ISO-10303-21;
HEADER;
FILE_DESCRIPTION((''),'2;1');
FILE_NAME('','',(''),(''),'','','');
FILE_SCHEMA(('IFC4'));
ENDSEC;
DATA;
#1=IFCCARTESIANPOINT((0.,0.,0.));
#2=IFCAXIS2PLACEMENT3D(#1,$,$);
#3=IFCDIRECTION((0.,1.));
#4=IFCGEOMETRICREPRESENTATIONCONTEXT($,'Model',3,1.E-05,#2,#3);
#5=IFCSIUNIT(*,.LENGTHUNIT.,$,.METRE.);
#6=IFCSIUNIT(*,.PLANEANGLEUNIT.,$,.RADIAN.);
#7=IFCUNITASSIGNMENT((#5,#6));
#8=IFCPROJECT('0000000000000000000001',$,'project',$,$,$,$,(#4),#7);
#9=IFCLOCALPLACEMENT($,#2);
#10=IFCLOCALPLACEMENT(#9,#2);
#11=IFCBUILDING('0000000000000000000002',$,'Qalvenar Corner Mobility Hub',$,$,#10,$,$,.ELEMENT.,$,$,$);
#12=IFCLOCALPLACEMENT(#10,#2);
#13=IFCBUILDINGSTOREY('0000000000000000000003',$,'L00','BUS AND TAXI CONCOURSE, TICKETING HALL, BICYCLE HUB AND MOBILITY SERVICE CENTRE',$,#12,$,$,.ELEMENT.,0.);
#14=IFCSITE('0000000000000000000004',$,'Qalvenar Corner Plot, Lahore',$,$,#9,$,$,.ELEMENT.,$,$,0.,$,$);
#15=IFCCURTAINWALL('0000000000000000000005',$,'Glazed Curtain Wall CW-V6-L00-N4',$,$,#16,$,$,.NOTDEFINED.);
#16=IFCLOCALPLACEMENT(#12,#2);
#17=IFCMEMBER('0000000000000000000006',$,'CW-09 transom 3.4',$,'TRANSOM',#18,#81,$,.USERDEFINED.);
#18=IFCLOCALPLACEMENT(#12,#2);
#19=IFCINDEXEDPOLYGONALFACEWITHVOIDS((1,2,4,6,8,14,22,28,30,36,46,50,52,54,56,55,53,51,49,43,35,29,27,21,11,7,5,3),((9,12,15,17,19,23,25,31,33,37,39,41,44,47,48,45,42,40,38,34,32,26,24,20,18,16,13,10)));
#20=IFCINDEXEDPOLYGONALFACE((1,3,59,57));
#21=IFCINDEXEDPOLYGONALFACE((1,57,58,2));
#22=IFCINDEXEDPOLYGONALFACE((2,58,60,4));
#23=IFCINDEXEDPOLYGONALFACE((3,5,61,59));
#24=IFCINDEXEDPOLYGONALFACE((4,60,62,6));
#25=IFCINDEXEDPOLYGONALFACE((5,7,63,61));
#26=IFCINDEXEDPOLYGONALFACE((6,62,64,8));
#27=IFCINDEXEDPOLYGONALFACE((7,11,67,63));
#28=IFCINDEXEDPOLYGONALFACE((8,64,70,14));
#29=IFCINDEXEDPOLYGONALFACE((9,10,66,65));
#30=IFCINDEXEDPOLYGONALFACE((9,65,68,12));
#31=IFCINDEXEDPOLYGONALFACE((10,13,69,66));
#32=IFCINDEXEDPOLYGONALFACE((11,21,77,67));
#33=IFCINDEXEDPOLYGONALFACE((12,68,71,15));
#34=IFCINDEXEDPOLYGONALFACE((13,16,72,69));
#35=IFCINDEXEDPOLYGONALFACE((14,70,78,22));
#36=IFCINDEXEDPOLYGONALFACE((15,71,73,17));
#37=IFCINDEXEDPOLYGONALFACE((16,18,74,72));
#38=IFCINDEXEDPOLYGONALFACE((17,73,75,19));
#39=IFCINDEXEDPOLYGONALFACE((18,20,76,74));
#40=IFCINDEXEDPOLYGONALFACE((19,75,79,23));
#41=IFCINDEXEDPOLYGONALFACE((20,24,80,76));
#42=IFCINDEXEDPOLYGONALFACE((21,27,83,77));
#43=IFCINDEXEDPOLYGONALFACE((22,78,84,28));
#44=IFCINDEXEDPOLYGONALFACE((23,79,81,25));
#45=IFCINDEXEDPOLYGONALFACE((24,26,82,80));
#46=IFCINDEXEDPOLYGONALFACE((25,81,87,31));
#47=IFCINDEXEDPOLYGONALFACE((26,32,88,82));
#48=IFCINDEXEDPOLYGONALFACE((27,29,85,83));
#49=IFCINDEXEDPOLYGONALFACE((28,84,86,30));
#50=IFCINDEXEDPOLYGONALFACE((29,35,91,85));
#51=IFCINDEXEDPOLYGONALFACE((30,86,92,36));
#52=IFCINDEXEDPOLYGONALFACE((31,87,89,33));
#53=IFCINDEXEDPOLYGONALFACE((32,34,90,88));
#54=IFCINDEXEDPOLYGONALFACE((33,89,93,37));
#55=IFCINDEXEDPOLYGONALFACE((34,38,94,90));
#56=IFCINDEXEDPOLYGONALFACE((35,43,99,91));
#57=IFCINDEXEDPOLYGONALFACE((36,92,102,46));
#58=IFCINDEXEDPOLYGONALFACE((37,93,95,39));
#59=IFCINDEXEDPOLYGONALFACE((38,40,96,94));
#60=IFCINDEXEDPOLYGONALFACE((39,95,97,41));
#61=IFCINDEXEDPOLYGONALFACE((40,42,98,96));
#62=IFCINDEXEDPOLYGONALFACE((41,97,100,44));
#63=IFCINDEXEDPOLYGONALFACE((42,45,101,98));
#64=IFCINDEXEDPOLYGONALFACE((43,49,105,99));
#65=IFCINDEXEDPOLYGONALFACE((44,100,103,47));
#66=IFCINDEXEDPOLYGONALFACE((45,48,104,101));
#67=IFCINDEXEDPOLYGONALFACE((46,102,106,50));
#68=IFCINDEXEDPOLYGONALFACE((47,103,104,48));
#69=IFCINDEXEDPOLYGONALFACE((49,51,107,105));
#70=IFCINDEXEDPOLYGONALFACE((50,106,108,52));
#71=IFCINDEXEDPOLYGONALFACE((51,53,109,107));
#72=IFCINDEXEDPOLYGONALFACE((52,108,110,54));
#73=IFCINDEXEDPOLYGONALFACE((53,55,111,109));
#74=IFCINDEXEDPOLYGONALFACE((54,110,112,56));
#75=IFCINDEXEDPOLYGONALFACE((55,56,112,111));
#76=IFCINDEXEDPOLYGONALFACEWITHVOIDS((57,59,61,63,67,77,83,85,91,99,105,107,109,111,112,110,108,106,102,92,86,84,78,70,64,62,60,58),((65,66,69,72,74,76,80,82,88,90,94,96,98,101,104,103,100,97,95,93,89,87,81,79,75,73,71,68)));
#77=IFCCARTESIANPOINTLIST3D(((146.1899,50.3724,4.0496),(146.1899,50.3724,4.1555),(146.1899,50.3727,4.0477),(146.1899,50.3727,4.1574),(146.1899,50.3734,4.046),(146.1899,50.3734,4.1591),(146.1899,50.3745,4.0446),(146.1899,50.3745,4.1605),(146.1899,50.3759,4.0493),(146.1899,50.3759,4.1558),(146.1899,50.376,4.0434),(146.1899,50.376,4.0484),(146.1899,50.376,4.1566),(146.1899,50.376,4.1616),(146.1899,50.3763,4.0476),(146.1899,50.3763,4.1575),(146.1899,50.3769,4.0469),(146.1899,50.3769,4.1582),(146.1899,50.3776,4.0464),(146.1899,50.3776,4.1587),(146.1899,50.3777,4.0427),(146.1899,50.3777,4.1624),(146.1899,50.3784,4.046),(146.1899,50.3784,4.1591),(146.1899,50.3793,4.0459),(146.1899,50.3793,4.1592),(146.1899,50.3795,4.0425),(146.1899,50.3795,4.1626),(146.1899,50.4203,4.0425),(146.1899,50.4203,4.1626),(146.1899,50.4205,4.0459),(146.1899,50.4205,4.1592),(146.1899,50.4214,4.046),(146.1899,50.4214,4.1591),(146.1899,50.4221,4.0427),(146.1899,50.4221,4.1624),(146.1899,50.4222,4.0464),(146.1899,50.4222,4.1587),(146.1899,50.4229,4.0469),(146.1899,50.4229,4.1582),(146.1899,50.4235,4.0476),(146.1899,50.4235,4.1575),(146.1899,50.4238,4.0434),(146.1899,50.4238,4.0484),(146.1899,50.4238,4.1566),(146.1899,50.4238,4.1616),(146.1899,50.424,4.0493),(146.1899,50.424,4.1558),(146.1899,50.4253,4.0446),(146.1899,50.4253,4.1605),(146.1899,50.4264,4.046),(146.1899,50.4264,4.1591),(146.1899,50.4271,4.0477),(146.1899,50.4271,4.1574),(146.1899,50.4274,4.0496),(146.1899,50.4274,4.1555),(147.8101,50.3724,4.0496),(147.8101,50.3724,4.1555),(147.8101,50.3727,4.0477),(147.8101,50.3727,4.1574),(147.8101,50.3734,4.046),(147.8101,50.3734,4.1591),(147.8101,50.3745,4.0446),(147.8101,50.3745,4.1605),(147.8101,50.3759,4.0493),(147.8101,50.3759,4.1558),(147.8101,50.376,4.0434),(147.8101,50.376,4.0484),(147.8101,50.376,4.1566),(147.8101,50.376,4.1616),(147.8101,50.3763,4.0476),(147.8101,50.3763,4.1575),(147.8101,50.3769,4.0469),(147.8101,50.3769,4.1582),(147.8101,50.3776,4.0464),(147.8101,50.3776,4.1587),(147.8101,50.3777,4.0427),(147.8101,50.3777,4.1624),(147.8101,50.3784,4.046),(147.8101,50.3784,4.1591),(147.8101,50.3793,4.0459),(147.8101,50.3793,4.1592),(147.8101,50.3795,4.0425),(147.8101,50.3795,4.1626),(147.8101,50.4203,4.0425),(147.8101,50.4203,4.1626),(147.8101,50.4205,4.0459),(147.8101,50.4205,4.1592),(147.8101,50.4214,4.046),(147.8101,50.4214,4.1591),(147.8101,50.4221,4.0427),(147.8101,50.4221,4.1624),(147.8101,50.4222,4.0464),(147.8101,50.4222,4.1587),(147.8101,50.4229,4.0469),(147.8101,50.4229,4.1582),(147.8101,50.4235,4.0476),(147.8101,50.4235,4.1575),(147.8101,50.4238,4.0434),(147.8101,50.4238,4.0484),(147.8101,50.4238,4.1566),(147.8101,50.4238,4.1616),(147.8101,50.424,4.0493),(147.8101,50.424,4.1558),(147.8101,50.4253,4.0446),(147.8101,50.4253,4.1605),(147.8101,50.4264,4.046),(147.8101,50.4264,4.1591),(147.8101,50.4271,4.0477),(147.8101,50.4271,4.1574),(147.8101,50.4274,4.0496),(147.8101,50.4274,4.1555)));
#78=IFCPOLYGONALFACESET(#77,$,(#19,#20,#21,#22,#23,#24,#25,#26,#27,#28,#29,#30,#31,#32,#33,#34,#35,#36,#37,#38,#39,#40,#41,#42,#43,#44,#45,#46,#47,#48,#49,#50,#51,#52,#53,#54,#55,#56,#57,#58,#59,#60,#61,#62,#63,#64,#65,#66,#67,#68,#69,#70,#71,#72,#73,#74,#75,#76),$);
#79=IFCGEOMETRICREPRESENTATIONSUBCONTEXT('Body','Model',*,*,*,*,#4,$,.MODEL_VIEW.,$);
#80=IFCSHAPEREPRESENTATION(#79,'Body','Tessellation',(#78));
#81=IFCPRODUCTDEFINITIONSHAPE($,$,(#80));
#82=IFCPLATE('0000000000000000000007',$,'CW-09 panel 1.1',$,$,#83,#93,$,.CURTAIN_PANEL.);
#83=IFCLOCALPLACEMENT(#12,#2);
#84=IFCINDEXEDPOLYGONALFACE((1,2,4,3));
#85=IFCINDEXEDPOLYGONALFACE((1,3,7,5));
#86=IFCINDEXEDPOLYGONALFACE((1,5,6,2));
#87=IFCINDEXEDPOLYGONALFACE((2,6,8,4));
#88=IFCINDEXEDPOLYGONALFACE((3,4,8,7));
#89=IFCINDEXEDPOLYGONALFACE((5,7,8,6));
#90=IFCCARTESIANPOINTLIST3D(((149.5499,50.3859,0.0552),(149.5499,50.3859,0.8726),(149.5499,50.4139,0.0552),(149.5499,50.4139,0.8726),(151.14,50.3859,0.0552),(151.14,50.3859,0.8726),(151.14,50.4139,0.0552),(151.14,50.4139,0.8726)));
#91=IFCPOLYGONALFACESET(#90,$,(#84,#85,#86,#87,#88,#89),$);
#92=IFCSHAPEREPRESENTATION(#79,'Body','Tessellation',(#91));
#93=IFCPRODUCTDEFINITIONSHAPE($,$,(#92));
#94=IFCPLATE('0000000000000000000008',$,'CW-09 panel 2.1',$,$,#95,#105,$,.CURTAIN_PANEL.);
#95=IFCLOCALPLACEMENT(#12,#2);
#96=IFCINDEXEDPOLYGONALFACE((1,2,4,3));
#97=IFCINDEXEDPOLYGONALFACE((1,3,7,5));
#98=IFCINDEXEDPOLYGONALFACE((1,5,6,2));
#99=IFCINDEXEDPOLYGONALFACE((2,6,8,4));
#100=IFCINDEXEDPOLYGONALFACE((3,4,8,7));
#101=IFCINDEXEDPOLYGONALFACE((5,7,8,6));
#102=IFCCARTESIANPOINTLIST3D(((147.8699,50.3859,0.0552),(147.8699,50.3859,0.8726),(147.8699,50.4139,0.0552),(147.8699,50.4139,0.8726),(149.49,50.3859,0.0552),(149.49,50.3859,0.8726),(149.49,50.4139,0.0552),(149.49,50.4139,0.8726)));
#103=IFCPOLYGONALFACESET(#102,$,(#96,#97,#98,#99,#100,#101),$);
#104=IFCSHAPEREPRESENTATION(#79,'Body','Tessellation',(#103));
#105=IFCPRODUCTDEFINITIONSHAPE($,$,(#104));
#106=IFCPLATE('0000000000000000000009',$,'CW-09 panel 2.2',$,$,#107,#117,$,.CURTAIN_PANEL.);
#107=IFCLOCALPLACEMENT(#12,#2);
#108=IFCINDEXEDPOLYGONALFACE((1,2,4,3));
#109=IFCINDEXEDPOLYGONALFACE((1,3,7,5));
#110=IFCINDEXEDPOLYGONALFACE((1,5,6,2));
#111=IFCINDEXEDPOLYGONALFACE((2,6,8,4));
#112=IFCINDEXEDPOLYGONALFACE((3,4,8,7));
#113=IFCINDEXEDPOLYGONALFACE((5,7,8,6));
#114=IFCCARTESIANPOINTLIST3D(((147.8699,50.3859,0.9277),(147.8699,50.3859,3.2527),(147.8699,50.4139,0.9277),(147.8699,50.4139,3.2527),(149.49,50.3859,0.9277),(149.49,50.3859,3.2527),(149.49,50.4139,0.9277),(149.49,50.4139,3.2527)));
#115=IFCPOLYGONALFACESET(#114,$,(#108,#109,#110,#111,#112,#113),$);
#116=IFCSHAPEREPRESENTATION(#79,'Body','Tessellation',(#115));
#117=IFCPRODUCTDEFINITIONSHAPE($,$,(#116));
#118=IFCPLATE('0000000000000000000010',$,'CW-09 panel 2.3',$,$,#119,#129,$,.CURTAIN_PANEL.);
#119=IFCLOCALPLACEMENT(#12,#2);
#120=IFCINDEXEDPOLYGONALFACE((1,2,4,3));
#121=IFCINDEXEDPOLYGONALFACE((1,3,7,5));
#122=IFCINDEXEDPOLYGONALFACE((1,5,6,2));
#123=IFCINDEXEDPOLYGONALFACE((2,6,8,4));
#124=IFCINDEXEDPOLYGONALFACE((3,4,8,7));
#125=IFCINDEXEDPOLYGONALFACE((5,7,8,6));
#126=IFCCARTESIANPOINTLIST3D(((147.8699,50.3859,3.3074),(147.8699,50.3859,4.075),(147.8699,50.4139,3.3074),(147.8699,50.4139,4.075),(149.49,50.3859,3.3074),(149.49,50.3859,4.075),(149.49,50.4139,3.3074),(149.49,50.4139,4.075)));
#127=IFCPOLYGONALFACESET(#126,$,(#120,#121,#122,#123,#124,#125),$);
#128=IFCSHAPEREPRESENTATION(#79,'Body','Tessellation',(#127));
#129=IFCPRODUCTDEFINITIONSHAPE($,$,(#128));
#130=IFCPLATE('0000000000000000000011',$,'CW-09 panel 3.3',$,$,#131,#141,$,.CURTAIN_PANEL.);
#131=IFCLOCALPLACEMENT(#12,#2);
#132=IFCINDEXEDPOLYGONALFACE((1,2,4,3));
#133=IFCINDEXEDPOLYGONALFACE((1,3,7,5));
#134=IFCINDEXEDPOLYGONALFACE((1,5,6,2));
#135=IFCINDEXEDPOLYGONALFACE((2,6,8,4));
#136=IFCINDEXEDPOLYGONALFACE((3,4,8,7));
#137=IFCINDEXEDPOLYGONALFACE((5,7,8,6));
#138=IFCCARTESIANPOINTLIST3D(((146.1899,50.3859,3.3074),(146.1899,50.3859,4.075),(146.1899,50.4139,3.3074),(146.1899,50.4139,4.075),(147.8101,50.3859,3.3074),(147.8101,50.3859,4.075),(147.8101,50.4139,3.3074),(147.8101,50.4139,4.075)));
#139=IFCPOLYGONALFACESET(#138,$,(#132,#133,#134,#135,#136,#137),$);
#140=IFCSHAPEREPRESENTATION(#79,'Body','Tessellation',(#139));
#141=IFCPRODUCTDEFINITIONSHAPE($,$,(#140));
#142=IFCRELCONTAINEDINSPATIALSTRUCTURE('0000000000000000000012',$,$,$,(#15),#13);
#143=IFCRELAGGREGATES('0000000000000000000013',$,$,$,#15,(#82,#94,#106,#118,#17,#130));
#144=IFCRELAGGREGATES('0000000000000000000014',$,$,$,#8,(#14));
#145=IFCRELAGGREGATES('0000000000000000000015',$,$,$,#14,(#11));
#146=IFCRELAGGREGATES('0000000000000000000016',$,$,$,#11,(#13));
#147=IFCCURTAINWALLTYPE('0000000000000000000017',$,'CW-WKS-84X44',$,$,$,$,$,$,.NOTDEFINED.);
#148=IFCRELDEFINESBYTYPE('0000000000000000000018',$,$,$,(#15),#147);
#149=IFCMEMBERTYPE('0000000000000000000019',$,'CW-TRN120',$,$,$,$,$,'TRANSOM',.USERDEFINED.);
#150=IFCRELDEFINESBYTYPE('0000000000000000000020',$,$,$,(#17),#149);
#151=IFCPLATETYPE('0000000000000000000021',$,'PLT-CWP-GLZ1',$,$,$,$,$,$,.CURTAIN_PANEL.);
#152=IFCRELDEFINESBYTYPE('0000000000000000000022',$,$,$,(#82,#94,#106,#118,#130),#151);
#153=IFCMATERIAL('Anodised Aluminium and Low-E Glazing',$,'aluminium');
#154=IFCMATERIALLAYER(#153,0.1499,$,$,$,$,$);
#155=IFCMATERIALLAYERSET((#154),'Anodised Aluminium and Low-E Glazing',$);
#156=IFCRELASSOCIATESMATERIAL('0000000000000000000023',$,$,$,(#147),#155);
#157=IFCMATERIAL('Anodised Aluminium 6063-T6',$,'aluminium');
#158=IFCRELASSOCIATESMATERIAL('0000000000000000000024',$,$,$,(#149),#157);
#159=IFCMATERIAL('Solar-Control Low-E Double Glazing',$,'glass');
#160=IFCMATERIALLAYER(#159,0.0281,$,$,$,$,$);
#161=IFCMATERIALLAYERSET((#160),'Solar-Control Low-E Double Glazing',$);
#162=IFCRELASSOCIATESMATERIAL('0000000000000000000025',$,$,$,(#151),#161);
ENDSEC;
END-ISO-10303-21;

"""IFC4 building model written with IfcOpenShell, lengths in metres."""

from ifc_helpers import new_model, si_unit, direction, frame, origin, origin_2d, place, context, subcontext, project, spatial, rectangle, hollow_rectangle, extrude, material, layer, layer_set, material_profile, profile_set, type_object, element, aggregate, save


model = new_model("IFC4")

# Units and contexts
model_context = context("Model", 3, precision=1e-05, world=origin(), true_north=direction((0.0, 1.0)))
body_context = subcontext(model_context, "Body", "Model", "MODEL_VIEW")
ifc_project = project(units=[si_unit("LENGTHUNIT", "METRE"), si_unit("PLANEANGLEUNIT", "RADIAN")], contexts=[model_context])

# Site, building, storey
site_placement = place(None, origin())
site = spatial("IfcSite", under=ifc_project, at=site_placement, Name="Qalvenar Corner Plot, Lahore", CompositionType="ELEMENT", RefElevation=0.0)
building_placement = place(site_placement, origin())
building = spatial("IfcBuilding", under=site, at=building_placement, Name="Qalvenar Corner Mobility Hub", CompositionType="ELEMENT")
storey_placement = place(building_placement, origin())
storey = spatial("IfcBuildingStorey", under=building, at=storey_placement, Name="L00", Description="BUS AND TAXI CONCOURSE, TICKETING HALL, BICYCLE HUB AND MOBILITY SERVICE CENTRE", CompositionType="ELEMENT", Elevation=0.0)

# Curtain wall, member, plates
ifc_material_1 = material(Name="Anodised Aluminium and Low-E Glazing", Category="aluminium")
ifc_layer_1 = layer(ifc_material_1, 0.1499)
ifc_layer_set_1 = layer_set([ifc_layer_1], Name="Anodised Aluminium and Low-E Glazing")
curtain_wall_type = type_object("IfcCurtainWallType", Name="CW-WKS-84X44", PredefinedType="NOTDEFINED", material=ifc_layer_set_1)
curtain_wall_placement = place(storey_placement, origin())
curtain_wall = element("IfcCurtainWall", 1, at=curtain_wall_placement, inside=storey, type_object=curtain_wall_type, Name="Glazed Curtain Wall CW-V6-L00-N4", PredefinedType="NOTDEFINED")
ifc_material_2 = material(Name="Anodised Aluminium 6063-T6", Category="aluminium")
ifc_material_profile_1 = material_profile(ifc_material_2, hollow_rectangle(XDim=0.0549, YDim=0.1201, WallThickness=0.0034, InnerFilletRadius=0.0034, OuterFilletRadius=0.0071, at=origin_2d()), Name="RHS120x55x3.5")
ifc_profile_set_1 = profile_set([ifc_material_profile_1], Name="Anodised Aluminium 6063-T6")
member_type_1 = type_object("IfcMemberType", Name="CW-TRN120", ElementType="TRANSOM", PredefinedType="USERDEFINED", material=ifc_profile_set_1)
member_1_placement = place(storey_placement, frame((147.8101, 50.3999, 4.1025), z_axis=(-1.0, 0.0, 0.0), x_axis=(0.0, -1.0, 0.0)))
member_1 = element("IfcMember", 2, at=member_1_placement, type_object=member_type_1, Name="CW-09 transom 3.4", ObjectType="TRANSOM", PredefinedType="USERDEFINED", context=body_context, shape_type="SweptSolid", body=[
    extrude(hollow_rectangle(XDim=0.0549, YDim=0.1201, WallThickness=0.0034, InnerFilletRadius=0.0034, OuterFilletRadius=0.0071, at=origin_2d()), origin(), (0.0, 0.0, 1.0), 1.6201),
])
ifc_material_3 = material(Name="Solar-Control Low-E Double Glazing", Category="glass")
ifc_layer_2 = layer(ifc_material_3, 0.0281)
ifc_layer_set_2 = layer_set([ifc_layer_2], Name="Solar-Control Low-E Double Glazing")
plate_type = type_object("IfcPlateType", Name="PLT-CWP-GLZ1", PredefinedType="CURTAIN_PANEL", material=ifc_layer_set_2)
plate_1_placement = place(storey_placement, frame((150.345, 50.3999, 0.0552), z_axis=(0.0, 0.0, 1.0), x_axis=(-1.0, 0.0, 0.0)))
plate_1 = element("IfcPlate", 3, at=plate_1_placement, type_object=plate_type, Name="CW-09 panel 1.1", PredefinedType="CURTAIN_PANEL", context=body_context, shape_type="SweptSolid", body=[
    extrude(rectangle(XDim=1.5901, YDim=0.0281, at=origin_2d()), origin(), (0.0, 0.0, 1.0), 0.8174),
])
plate_2_placement = place(storey_placement, frame((148.6799, 50.3999, 0.0552), z_axis=(0.0, 0.0, 1.0), x_axis=(-1.0, 0.0, 0.0)))
plate_2 = element("IfcPlate", 4, at=plate_2_placement, type_object=plate_type, Name="CW-09 panel 2.1", PredefinedType="CURTAIN_PANEL", context=body_context, shape_type="SweptSolid", body=[
    extrude(rectangle(XDim=1.6201, YDim=0.0281, at=origin_2d()), origin(), (0.0, 0.0, 1.0), 0.8174),
])
plate_3_placement = place(storey_placement, frame((148.6799, 50.3999, 0.9277), z_axis=(0.0, 0.0, 1.0), x_axis=(-1.0, 0.0, 0.0)))
plate_3 = element("IfcPlate", 5, at=plate_3_placement, type_object=plate_type, Name="CW-09 panel 2.2", PredefinedType="CURTAIN_PANEL", context=body_context, shape_type="SweptSolid", body=[
    extrude(rectangle(XDim=1.6201, YDim=0.0281, at=origin_2d()), origin(), (0.0, 0.0, 1.0), 2.325),
])
plate_4_placement = place(storey_placement, frame((148.6799, 50.3999, 3.3074), z_axis=(0.0, 0.0, 1.0), x_axis=(-1.0, 0.0, 0.0)))
plate_4 = element("IfcPlate", 6, at=plate_4_placement, type_object=plate_type, Name="CW-09 panel 2.3", PredefinedType="CURTAIN_PANEL", context=body_context, shape_type="SweptSolid", body=[
    extrude(rectangle(XDim=1.6201, YDim=0.0281, at=origin_2d()), origin(), (0.0, 0.0, 1.0), 0.7676),
])
plate_5_placement = place(storey_placement, frame((147.0, 50.3999, 3.3074), z_axis=(0.0, 0.0, 1.0), x_axis=(-1.0, 0.0, 0.0)))
plate_5 = element("IfcPlate", 7, at=plate_5_placement, type_object=plate_type, Name="CW-09 panel 3.3", PredefinedType="CURTAIN_PANEL", context=body_context, shape_type="SweptSolid", body=[
    extrude(rectangle(XDim=1.6201, YDim=0.0281, at=origin_2d()), origin(), (0.0, 0.0, 1.0), 0.7676),
])
aggregate(curtain_wall, [plate_1, plate_2, plate_3, plate_4, member_1, plate_5])

save(model, "model.ifc")
